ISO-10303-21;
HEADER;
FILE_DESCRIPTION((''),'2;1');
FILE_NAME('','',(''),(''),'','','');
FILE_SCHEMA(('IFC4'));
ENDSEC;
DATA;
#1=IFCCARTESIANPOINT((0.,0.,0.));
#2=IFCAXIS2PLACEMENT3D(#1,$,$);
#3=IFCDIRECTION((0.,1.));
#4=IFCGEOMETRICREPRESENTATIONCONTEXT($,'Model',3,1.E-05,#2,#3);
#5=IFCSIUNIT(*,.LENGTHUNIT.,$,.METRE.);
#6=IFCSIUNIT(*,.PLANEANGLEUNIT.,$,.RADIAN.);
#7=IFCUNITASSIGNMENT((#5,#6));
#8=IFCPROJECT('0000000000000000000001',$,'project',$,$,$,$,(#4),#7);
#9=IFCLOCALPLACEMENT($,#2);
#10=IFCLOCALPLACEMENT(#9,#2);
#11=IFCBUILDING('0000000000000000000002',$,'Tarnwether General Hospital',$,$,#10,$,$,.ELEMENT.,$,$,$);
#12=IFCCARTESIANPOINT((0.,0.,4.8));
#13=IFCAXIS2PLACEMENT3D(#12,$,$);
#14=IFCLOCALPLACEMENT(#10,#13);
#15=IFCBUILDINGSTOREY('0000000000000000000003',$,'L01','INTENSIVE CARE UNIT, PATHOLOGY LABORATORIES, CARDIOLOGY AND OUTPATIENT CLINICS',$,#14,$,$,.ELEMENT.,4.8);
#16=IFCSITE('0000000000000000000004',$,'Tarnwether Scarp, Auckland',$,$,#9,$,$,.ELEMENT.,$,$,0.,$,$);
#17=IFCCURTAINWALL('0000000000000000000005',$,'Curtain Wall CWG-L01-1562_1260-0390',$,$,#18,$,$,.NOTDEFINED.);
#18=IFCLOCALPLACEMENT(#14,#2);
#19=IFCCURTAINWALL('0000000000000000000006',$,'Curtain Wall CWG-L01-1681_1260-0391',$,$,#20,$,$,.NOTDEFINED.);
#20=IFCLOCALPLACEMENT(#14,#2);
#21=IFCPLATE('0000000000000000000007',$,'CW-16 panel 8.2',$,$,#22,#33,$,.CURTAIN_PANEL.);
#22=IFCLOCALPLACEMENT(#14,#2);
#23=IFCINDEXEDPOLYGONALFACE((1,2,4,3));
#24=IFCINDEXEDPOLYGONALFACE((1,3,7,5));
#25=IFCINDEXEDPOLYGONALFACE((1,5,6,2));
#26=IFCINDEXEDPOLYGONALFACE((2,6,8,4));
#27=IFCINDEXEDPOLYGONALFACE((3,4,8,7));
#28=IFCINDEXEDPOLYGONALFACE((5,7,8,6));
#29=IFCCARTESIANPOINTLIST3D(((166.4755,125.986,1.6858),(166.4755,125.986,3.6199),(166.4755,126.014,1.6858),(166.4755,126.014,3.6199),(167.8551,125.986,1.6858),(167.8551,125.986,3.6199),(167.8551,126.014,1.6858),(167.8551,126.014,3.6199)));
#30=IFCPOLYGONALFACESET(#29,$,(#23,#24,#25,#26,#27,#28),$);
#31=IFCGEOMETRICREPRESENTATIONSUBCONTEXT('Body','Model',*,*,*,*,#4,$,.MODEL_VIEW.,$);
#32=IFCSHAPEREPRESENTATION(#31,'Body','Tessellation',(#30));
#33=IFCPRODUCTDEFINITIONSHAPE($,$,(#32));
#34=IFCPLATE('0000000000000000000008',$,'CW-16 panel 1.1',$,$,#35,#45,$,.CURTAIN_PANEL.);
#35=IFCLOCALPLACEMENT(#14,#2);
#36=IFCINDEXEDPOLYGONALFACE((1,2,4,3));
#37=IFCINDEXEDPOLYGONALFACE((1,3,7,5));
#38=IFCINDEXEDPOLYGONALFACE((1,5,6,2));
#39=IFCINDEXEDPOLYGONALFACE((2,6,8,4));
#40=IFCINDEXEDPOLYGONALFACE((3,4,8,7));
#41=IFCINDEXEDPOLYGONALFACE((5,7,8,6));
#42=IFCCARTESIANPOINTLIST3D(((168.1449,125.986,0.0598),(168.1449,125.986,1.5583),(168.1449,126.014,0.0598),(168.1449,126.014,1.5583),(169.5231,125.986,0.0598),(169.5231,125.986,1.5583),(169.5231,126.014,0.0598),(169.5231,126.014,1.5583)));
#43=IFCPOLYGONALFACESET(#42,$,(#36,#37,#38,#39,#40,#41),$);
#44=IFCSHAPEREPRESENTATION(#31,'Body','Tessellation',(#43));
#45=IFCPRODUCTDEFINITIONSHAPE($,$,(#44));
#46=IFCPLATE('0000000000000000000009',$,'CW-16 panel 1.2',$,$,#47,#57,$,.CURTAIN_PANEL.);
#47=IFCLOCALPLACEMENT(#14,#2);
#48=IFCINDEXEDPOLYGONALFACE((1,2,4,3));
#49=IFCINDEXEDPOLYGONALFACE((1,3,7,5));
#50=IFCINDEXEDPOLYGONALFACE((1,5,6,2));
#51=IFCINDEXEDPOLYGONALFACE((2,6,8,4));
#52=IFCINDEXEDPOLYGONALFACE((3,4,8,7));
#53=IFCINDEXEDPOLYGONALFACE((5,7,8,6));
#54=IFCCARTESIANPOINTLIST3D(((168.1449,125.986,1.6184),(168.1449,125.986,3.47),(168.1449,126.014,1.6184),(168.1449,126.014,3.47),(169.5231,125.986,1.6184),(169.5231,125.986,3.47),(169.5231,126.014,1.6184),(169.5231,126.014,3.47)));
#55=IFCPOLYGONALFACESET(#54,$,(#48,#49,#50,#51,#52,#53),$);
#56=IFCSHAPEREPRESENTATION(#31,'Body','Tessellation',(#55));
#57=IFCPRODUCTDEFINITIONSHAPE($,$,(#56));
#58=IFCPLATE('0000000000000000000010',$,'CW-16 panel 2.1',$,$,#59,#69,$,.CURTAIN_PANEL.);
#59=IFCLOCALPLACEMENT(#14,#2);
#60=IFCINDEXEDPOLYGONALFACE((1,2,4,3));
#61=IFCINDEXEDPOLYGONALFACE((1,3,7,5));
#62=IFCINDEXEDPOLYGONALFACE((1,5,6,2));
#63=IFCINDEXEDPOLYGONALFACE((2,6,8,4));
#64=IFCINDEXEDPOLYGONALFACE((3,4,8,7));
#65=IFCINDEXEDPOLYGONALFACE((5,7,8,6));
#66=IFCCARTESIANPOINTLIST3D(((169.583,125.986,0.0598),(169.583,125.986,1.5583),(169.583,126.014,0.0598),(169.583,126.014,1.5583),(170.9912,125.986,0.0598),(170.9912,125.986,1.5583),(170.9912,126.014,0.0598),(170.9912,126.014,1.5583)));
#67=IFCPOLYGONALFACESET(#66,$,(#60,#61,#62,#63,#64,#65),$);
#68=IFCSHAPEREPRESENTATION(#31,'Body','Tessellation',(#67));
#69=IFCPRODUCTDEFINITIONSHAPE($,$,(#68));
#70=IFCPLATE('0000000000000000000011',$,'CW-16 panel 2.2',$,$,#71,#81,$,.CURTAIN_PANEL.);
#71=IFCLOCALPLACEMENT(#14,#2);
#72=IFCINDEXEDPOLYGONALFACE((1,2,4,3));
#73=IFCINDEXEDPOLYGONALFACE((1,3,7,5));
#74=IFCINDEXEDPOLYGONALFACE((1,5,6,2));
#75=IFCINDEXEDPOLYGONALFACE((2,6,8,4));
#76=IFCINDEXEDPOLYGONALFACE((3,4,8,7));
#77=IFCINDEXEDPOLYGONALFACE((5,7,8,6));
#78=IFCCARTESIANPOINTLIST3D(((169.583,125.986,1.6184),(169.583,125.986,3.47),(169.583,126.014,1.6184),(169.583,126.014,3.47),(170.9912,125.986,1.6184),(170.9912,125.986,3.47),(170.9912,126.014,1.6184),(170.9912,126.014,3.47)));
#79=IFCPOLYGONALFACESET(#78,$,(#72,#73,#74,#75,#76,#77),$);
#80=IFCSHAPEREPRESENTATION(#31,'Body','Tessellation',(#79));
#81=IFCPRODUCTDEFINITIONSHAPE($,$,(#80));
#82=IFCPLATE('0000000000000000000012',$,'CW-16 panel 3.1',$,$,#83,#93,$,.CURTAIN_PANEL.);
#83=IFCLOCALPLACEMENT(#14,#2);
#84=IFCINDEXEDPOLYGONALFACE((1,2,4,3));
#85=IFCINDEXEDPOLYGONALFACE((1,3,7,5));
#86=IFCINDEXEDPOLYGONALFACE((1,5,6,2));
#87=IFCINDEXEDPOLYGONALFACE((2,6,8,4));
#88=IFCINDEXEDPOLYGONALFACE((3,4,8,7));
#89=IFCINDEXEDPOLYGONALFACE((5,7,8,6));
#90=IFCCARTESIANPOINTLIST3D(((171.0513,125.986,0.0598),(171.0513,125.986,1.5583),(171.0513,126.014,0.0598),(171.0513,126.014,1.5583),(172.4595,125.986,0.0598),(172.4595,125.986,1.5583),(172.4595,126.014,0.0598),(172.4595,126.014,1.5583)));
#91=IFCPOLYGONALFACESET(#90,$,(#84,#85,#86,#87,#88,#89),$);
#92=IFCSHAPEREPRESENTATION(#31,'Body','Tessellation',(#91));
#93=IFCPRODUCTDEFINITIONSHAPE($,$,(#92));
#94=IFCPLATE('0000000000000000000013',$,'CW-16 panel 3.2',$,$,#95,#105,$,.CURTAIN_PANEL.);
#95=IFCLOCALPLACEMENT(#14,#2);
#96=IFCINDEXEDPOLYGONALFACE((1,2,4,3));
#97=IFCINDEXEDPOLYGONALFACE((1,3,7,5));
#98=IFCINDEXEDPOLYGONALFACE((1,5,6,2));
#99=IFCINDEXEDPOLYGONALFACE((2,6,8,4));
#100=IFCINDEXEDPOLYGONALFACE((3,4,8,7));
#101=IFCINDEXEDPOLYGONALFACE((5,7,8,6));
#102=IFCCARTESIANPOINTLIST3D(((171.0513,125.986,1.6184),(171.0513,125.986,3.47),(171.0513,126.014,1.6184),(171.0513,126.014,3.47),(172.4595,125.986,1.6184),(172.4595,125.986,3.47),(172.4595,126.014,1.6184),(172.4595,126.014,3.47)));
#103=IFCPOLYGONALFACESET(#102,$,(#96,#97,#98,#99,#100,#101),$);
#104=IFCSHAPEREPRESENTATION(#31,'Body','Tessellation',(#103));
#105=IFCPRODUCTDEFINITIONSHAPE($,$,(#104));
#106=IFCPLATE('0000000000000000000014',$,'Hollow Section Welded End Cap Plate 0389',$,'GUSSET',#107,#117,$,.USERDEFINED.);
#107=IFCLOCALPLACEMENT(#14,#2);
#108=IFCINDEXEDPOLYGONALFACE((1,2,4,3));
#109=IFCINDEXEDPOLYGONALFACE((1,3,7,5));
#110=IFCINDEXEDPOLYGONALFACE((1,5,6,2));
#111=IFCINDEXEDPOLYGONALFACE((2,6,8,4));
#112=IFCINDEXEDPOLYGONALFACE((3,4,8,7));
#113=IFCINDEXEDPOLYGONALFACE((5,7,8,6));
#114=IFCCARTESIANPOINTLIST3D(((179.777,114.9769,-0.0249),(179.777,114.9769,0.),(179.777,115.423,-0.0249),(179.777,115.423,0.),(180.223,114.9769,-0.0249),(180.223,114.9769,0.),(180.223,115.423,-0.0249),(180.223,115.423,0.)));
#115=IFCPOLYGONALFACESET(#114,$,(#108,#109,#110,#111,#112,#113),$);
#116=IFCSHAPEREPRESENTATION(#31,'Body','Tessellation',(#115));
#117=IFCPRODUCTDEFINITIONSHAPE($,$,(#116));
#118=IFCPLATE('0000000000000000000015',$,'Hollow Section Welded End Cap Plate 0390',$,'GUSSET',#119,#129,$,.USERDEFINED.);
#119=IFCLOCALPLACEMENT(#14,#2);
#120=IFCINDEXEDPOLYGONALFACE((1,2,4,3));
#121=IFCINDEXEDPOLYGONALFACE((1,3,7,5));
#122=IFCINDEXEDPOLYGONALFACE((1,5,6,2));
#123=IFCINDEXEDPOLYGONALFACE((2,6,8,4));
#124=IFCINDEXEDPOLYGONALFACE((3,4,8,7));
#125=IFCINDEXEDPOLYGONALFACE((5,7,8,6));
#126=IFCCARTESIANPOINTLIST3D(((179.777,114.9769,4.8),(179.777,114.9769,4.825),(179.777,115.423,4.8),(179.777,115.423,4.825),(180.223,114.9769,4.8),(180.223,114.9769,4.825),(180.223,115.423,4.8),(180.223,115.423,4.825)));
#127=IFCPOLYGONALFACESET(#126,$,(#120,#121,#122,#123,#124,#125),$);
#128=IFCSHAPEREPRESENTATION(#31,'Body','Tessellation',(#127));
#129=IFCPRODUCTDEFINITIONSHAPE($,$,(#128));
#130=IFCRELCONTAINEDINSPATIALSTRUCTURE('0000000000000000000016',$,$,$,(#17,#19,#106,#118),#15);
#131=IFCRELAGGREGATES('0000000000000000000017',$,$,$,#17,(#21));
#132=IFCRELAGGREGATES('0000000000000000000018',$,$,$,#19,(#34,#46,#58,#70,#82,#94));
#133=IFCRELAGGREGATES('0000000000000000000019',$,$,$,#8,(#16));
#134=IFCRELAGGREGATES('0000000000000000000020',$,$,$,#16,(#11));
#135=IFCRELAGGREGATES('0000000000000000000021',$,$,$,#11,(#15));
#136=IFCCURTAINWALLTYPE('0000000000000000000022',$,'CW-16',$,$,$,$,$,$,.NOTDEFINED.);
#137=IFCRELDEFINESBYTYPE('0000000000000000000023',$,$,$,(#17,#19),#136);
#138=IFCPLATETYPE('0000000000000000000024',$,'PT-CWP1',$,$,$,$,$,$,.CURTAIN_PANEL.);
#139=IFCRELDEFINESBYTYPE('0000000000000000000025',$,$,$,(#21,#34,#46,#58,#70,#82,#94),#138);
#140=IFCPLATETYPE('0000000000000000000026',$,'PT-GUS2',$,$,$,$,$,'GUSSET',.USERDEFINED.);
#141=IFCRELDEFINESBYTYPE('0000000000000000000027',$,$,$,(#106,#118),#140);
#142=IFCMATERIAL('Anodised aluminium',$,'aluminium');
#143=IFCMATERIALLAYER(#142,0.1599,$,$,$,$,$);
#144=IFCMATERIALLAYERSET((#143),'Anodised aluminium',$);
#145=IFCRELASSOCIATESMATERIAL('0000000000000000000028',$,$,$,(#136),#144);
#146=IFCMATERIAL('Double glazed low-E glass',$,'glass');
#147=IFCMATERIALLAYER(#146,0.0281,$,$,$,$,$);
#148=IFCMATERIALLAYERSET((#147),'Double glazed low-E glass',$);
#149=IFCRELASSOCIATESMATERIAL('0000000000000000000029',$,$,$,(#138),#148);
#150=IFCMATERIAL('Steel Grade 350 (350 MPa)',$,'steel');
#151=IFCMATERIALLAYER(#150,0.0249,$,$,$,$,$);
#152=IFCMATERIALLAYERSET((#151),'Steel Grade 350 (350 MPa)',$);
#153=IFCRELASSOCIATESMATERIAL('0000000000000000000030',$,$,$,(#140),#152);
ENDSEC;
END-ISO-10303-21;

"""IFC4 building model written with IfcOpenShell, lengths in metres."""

from ifc_helpers import new_model, si_unit, direction, frame, origin, origin_2d, place, context, subcontext, project, spatial, rectangle, extrude, material, layer, layer_set, type_object, element, aggregate, save


model = new_model("IFC4")

# Units and contexts
model_context = context("Model", 3, precision=1e-05, world=origin(), true_north=direction((0.0, 1.0)))
body_context = subcontext(model_context, "Body", "Model", "MODEL_VIEW")
ifc_project = project(units=[si_unit("LENGTHUNIT", "METRE"), si_unit("PLANEANGLEUNIT", "RADIAN")], contexts=[model_context])

# Site, building, storey
site_placement = place(None, origin())
site = spatial("IfcSite", under=ifc_project, at=site_placement, Name="Tarnwether Scarp, Auckland", CompositionType="ELEMENT", RefElevation=0.0)
building_placement = place(site_placement, origin())
building = spatial("IfcBuilding", under=site, at=building_placement, Name="Tarnwether General Hospital", CompositionType="ELEMENT")
storey_placement = place(building_placement, frame((0.0, 0.0, 4.8)))
storey = spatial("IfcBuildingStorey", under=building, at=storey_placement, Name="L01", Description="INTENSIVE CARE UNIT, PATHOLOGY LABORATORIES, CARDIOLOGY AND OUTPATIENT CLINICS", CompositionType="ELEMENT", Elevation=4.8)

# Curtain walls
ifc_material_1 = material(Name="Anodised aluminium", Category="aluminium")
ifc_layer_1 = layer(ifc_material_1, 0.1599)
ifc_layer_set_1 = layer_set([ifc_layer_1], Name="Anodised aluminium")
curtain_wall_type = type_object("IfcCurtainWallType", Name="CW-16", PredefinedType="NOTDEFINED", material=ifc_layer_set_1)
curtain_wall_1_placement = place(storey_placement, origin())
curtain_wall_1 = element("IfcCurtainWall", 1, at=curtain_wall_1_placement, inside=storey, type_object=curtain_wall_type, Name="Curtain Wall CWG-L01-1562_1260-0390", PredefinedType="NOTDEFINED")
curtain_wall_2_placement = place(storey_placement, origin())
curtain_wall_2 = element("IfcCurtainWall", 2, at=curtain_wall_2_placement, inside=storey, type_object=curtain_wall_type, Name="Curtain Wall CWG-L01-1681_1260-0391", PredefinedType="NOTDEFINED")

# Plates
ifc_material_2 = material(Name="Double glazed low-E glass", Category="glass")
ifc_layer_2 = layer(ifc_material_2, 0.0281)
ifc_layer_set_2 = layer_set([ifc_layer_2], Name="Double glazed low-E glass")
plate_type_1 = type_object("IfcPlateType", Name="PT-CWP1", PredefinedType="CURTAIN_PANEL", material=ifc_layer_set_2)
plate_1_placement = place(storey_placement, frame((167.1653, 126.0, 1.6858), z_axis=(0.0, 0.0, 1.0), x_axis=(1.0, 0.0, 0.0)))
plate_1 = element("IfcPlate", 3, at=plate_1_placement, type_object=plate_type_1, Name="CW-16 panel 8.2", PredefinedType="CURTAIN_PANEL", context=body_context, shape_type="SweptSolid", body=[
    extrude(rectangle(XDim=1.3796, YDim=0.0281, at=origin_2d()), origin(), (0.0, 0.0, 1.0), 1.9341),
])
aggregate(curtain_wall_1, [plate_1])
plate_2_placement = place(storey_placement, frame((168.834, 126.0, 0.0598), z_axis=(0.0, 0.0, 1.0), x_axis=(1.0, 0.0, 0.0)))
plate_2 = element("IfcPlate", 4, at=plate_2_placement, type_object=plate_type_1, Name="CW-16 panel 1.1", PredefinedType="CURTAIN_PANEL", context=body_context, shape_type="SweptSolid", body=[
    extrude(rectangle(XDim=1.3782, YDim=0.0281, at=origin_2d()), origin(), (0.0, 0.0, 1.0), 1.4985),
])
plate_3_placement = place(storey_placement, frame((168.834, 126.0, 1.6184), z_axis=(0.0, 0.0, 1.0), x_axis=(1.0, 0.0, 0.0)))
plate_3 = element("IfcPlate", 5, at=plate_3_placement, type_object=plate_type_1, Name="CW-16 panel 1.2", PredefinedType="CURTAIN_PANEL", context=body_context, shape_type="SweptSolid", body=[
    extrude(rectangle(XDim=1.3782, YDim=0.0281, at=origin_2d()), origin(), (0.0, 0.0, 1.0), 1.8516),
])
plate_4_placement = place(storey_placement, frame((170.2871, 126.0, 0.0598), z_axis=(0.0, 0.0, 1.0), x_axis=(1.0, 0.0, 0.0)))
plate_4 = element("IfcPlate", 6, at=plate_4_placement, type_object=plate_type_1, Name="CW-16 panel 2.1", PredefinedType="CURTAIN_PANEL", context=body_context, shape_type="SweptSolid", body=[
    extrude(rectangle(XDim=1.4082, YDim=0.0281, at=origin_2d()), origin(), (0.0, 0.0, 1.0), 1.4985),
])
plate_5_placement = place(storey_placement, frame((170.2871, 126.0, 1.6184), z_axis=(0.0, 0.0, 1.0), x_axis=(1.0, 0.0, 0.0)))
plate_5 = element("IfcPlate", 7, at=plate_5_placement, type_object=plate_type_1, Name="CW-16 panel 2.2", PredefinedType="CURTAIN_PANEL", context=body_context, shape_type="SweptSolid", body=[
    extrude(rectangle(XDim=1.4082, YDim=0.0281, at=origin_2d()), origin(), (0.0, 0.0, 1.0), 1.8516),
])
plate_6_placement = place(storey_placement, frame((171.7554, 126.0, 0.0598), z_axis=(0.0, 0.0, 1.0), x_axis=(1.0, 0.0, 0.0)))
plate_6 = element("IfcPlate", 8, at=plate_6_placement, type_object=plate_type_1, Name="CW-16 panel 3.1", PredefinedType="CURTAIN_PANEL", context=body_context, shape_type="SweptSolid", body=[
    extrude(rectangle(XDim=1.4082, YDim=0.0281, at=origin_2d()), origin(), (0.0, 0.0, 1.0), 1.4985),
])
plate_7_placement = place(storey_placement, frame((171.7554, 126.0, 1.6184), z_axis=(0.0, 0.0, 1.0), x_axis=(1.0, 0.0, 0.0)))
plate_7 = element("IfcPlate", 9, at=plate_7_placement, type_object=plate_type_1, Name="CW-16 panel 3.2", PredefinedType="CURTAIN_PANEL", context=body_context, shape_type="SweptSolid", body=[
    extrude(rectangle(XDim=1.4082, YDim=0.0281, at=origin_2d()), origin(), (0.0, 0.0, 1.0), 1.8516),
])
aggregate(curtain_wall_2, [plate_2, plate_3, plate_4, plate_5, plate_6, plate_7])

# Plates
ifc_material_3 = material(Name="Steel Grade 350 (350 MPa)", Category="steel")
ifc_layer_3 = layer(ifc_material_3, 0.0249)
ifc_layer_set_3 = layer_set([ifc_layer_3], Name="Steel Grade 350 (350 MPa)")
plate_type_2 = type_object("IfcPlateType", Name="PT-GUS2", ElementType="GUSSET", PredefinedType="USERDEFINED", material=ifc_layer_set_3)
for number, where, z_axis, x_axis, name in (
    (10, (180.0, 115.2, -0.0249), (0.0, 0.0, 1.0), (1.0, 0.0, 0.0), "Hollow Section Welded End Cap Plate 0389"),
    (11, (180.0, 115.2, 4.8), (0.0, 0.0, 1.0), (1.0, 0.0, 0.0), "Hollow Section Welded End Cap Plate 0390"),
):
    element("IfcPlate", number, at=place(storey_placement, frame(where, z_axis=z_axis, x_axis=x_axis)), inside=storey, type_object=plate_type_2, Name=name, ObjectType="GUSSET", PredefinedType="USERDEFINED", context=body_context, shape_type="SweptSolid", body=[
        extrude(rectangle(XDim=0.446, YDim=0.446, at=origin_2d()), origin(), (0.0, 0.0, 1.0), 0.0249),
    ])

save(model, "model.ifc")
